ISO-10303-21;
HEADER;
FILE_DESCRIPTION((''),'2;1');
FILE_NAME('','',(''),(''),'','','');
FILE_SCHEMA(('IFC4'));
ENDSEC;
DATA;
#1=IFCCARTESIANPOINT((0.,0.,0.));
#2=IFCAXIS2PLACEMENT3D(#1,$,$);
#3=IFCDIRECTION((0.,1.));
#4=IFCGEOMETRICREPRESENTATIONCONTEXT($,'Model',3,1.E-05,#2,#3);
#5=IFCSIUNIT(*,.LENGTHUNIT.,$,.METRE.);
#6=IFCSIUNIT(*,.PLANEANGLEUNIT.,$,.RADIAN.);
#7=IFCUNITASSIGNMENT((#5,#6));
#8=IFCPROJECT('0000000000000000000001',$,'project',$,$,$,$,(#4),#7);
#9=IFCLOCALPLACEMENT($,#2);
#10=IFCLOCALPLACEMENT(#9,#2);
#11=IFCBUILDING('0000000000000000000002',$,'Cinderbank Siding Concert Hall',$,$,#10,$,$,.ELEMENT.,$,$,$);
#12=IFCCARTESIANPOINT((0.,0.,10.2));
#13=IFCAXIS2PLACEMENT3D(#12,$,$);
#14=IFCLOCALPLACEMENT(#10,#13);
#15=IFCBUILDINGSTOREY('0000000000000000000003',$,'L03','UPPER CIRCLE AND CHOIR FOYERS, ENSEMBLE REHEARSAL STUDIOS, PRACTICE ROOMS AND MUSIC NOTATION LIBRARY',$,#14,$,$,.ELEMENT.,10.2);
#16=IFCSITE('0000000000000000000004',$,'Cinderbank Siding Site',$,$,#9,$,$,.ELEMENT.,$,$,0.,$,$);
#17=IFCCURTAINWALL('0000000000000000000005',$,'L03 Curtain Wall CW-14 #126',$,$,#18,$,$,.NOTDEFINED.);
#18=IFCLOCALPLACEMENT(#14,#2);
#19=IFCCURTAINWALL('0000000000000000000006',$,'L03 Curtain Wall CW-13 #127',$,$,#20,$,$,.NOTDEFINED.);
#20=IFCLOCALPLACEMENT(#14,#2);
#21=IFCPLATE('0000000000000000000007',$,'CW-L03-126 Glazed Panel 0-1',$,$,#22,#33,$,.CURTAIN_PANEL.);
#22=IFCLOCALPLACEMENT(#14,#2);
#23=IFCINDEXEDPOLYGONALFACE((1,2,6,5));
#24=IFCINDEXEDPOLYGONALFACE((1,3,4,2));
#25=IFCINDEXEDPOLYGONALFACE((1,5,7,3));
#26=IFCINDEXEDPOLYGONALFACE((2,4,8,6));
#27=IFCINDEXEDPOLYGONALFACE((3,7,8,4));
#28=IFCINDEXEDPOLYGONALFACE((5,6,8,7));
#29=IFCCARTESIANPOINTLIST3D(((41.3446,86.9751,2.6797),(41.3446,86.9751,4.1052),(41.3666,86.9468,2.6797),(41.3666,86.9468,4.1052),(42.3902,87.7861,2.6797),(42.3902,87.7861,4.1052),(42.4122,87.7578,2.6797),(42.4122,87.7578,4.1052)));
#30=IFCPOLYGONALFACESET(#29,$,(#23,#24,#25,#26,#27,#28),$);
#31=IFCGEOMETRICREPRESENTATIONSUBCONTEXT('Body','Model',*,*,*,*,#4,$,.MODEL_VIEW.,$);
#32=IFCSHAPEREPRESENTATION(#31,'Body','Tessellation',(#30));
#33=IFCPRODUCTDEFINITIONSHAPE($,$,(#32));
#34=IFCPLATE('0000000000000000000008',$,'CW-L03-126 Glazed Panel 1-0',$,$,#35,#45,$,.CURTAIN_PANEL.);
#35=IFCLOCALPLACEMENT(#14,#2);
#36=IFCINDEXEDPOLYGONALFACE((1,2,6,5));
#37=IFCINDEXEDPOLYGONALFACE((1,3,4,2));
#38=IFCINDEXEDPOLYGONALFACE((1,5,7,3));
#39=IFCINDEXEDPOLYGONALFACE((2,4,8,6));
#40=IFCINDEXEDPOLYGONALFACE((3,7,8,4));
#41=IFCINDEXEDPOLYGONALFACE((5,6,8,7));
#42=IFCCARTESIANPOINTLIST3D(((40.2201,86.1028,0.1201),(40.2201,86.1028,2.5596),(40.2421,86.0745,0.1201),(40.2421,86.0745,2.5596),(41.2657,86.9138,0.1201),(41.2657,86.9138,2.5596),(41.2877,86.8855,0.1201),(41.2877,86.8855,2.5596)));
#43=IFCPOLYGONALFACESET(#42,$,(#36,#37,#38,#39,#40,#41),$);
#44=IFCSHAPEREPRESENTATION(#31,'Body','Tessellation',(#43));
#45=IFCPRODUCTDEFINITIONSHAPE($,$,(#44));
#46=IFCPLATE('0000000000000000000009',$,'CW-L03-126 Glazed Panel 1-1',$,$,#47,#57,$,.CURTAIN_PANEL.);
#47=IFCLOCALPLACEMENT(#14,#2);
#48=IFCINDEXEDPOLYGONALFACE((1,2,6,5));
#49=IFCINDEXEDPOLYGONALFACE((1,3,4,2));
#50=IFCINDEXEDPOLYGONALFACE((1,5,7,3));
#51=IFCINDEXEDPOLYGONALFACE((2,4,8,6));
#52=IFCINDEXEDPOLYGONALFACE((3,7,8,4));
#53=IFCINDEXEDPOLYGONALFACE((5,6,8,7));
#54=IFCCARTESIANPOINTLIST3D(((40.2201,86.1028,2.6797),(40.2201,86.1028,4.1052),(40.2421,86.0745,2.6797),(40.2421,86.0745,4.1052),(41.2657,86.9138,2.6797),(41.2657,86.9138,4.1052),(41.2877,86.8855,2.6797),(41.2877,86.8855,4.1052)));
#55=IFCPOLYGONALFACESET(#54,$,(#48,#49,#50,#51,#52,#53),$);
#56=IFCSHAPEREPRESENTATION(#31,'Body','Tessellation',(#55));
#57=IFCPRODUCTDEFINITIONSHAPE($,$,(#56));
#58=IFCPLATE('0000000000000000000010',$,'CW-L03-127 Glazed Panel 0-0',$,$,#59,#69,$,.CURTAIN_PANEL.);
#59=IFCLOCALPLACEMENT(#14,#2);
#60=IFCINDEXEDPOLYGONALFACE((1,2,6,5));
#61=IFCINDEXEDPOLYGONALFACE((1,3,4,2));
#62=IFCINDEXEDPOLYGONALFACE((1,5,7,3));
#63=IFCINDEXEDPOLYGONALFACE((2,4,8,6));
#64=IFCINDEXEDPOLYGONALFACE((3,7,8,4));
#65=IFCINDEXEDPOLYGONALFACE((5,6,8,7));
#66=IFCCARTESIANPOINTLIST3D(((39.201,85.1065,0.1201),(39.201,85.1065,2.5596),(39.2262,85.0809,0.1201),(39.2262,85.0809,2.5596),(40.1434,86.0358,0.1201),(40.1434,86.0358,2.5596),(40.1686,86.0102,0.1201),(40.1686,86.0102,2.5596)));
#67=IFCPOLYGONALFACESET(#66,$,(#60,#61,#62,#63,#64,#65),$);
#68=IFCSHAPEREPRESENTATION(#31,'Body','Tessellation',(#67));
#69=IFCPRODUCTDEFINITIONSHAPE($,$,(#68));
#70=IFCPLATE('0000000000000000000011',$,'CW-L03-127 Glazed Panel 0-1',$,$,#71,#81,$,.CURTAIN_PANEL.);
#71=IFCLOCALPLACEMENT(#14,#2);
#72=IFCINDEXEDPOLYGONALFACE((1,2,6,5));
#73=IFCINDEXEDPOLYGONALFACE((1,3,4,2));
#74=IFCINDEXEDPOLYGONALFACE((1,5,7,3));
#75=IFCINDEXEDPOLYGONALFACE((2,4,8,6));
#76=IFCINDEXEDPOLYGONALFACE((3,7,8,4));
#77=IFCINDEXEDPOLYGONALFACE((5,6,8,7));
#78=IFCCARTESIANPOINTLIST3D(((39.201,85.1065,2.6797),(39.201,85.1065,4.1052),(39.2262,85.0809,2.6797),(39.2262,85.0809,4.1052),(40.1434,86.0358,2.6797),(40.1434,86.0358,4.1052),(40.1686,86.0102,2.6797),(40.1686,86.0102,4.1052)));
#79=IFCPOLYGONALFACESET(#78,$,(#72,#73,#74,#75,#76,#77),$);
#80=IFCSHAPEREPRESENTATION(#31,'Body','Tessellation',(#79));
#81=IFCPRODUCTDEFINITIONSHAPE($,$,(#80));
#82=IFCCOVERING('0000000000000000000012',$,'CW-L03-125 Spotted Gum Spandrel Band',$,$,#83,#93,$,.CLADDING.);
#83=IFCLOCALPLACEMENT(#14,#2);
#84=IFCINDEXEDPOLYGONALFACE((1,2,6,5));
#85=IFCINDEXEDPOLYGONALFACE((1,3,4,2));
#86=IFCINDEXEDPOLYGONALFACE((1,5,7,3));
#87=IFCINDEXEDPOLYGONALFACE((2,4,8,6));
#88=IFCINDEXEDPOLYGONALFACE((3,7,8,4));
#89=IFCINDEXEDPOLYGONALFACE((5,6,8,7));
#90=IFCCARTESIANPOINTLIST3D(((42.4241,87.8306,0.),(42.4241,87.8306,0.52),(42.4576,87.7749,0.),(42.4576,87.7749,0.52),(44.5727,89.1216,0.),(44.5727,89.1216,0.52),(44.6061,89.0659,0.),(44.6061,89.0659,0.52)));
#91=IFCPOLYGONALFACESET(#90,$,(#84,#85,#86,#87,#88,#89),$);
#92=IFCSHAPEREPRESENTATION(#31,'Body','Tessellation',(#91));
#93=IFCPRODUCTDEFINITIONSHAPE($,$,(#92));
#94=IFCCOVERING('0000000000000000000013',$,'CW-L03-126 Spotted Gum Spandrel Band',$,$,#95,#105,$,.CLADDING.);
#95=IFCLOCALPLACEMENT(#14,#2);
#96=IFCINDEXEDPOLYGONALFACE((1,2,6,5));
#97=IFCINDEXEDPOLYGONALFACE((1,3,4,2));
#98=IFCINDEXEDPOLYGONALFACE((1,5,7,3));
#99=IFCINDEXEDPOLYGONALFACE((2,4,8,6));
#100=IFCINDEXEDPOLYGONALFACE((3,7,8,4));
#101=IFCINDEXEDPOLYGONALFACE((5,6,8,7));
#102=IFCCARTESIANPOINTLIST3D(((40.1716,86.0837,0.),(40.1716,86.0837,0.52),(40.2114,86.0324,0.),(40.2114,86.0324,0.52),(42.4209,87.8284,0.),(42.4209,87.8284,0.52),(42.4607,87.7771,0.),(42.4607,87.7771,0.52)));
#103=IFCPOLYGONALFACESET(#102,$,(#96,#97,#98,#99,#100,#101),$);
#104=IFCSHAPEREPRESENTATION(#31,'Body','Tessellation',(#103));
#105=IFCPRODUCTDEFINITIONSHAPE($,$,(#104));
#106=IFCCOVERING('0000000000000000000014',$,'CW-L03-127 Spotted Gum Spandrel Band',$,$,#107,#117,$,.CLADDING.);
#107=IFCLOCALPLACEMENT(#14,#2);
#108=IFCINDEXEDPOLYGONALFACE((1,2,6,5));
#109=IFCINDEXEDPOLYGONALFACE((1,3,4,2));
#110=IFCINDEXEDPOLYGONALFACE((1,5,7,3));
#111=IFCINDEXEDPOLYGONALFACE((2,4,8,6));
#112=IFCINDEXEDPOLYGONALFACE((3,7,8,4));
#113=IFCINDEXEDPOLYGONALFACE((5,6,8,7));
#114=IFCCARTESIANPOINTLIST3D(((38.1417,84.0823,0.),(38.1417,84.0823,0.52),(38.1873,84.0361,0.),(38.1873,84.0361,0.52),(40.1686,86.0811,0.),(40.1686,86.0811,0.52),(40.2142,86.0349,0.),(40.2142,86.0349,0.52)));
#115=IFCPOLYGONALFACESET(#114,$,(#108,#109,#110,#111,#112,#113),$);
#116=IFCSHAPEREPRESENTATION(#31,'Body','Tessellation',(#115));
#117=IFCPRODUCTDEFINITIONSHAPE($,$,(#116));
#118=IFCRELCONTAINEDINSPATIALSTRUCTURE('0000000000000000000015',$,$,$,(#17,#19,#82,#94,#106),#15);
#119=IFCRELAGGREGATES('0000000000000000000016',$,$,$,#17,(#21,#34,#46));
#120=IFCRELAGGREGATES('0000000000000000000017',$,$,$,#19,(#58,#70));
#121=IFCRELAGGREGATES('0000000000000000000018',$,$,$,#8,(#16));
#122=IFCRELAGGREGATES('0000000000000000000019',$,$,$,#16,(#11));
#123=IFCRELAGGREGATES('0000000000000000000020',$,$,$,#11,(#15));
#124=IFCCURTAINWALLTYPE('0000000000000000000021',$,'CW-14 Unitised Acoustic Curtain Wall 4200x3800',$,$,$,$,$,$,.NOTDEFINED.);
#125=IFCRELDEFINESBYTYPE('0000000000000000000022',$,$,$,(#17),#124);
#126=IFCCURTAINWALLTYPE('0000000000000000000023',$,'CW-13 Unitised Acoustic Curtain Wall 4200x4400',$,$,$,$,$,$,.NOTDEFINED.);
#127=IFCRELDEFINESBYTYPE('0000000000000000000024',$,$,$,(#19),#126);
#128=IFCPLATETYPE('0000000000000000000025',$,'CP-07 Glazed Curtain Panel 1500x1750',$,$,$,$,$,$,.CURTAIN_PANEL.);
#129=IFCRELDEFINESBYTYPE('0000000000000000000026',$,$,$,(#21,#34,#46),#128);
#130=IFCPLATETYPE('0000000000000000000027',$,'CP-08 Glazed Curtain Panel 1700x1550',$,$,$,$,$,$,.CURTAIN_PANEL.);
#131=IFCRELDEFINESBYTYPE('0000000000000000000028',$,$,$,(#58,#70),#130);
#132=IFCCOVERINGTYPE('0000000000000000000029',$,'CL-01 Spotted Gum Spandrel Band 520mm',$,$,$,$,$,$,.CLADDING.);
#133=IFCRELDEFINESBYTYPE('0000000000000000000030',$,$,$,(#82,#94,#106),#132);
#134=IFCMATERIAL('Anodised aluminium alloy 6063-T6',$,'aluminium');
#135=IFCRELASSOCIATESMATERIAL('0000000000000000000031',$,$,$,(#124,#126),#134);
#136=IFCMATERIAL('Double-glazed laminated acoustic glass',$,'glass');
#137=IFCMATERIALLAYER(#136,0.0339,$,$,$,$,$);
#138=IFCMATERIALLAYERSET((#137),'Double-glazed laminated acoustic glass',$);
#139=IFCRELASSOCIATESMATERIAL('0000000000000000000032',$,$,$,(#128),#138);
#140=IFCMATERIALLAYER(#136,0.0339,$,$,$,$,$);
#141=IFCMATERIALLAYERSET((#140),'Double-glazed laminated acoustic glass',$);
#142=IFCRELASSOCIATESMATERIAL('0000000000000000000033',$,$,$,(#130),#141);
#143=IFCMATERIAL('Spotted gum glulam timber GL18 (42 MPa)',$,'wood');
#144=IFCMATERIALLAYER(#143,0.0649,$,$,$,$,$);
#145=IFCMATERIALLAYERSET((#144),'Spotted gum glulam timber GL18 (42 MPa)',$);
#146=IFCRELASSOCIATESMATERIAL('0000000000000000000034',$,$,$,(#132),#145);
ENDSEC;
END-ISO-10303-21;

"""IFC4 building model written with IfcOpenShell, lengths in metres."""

from ifc_helpers import new_model, si_unit, direction, frame, origin, origin_2d, place, context, subcontext, project, spatial, rectangle, extrude, material, layer, layer_set, type_object, element, aggregate, save


model = new_model("IFC4")

# Units and contexts
model_context = context("Model", 3, precision=1e-05, world=origin(), true_north=direction((0.0, 1.0)))
body_context = subcontext(model_context, "Body", "Model", "MODEL_VIEW")
ifc_project = project(units=[si_unit("LENGTHUNIT", "METRE"), si_unit("PLANEANGLEUNIT", "RADIAN")], contexts=[model_context])

# Site, building, storey
site_placement = place(None, origin())
site = spatial("IfcSite", under=ifc_project, at=site_placement, Name="Cinderbank Siding Site", CompositionType="ELEMENT", RefElevation=0.0)
building_placement = place(site_placement, origin())
building = spatial("IfcBuilding", under=site, at=building_placement, Name="Cinderbank Siding Concert Hall", CompositionType="ELEMENT")
storey_placement = place(building_placement, frame((0.0, 0.0, 10.2)))
storey = spatial("IfcBuildingStorey", under=building, at=storey_placement, Name="L03", Description="UPPER CIRCLE AND CHOIR FOYERS, ENSEMBLE REHEARSAL STUDIOS, PRACTICE ROOMS AND MUSIC NOTATION LIBRARY", CompositionType="ELEMENT", Elevation=10.2)

# Curtain wall
ifc_material_1 = material(Name="Anodised aluminium alloy 6063-T6", Category="aluminium")
curtain_wall_type_1 = type_object("IfcCurtainWallType", Name="CW-14 Unitised Acoustic Curtain Wall 4200x3800", PredefinedType="NOTDEFINED", material=ifc_material_1)
curtain_wall_1_placement = place(storey_placement, origin())
curtain_wall_1 = element("IfcCurtainWall", 1, at=curtain_wall_1_placement, inside=storey, type_object=curtain_wall_type_1, Name="L03 Curtain Wall CW-14 #126", PredefinedType="NOTDEFINED")
curtain_wall_type_2 = type_object("IfcCurtainWallType", Name="CW-13 Unitised Acoustic Curtain Wall 4200x4400", PredefinedType="NOTDEFINED", material=ifc_material_1)

# Curtain wall
curtain_wall_2_placement = place(storey_placement, origin())
curtain_wall_2 = element("IfcCurtainWall", 2, at=curtain_wall_2_placement, inside=storey, type_object=curtain_wall_type_2, Name="L03 Curtain Wall CW-13 #127", PredefinedType="NOTDEFINED")

# Plates
ifc_material_2 = material(Name="Double-glazed laminated acoustic glass", Category="glass")
ifc_layer_1 = layer(ifc_material_2, 0.0339)
ifc_layer_set_1 = layer_set([ifc_layer_1], Name="Double-glazed laminated acoustic glass")
plate_type_1 = type_object("IfcPlateType", Name="CP-07 Glazed Curtain Panel 1500x1750", PredefinedType="CURTAIN_PANEL", material=ifc_layer_set_1)
plate_1_placement = place(storey_placement, frame((41.8784, 87.3665, 2.6797), z_axis=(0.0, 0.0, 1.0), x_axis=(-0.790161, -0.612899, 0.0)))
plate_1 = element("IfcPlate", 3, at=plate_1_placement, type_object=plate_type_1, Name="CW-L03-126 Glazed Panel 0-1", PredefinedType="CURTAIN_PANEL", context=body_context, shape_type="SweptSolid", body=[
    extrude(rectangle(XDim=1.3232, YDim=0.0359, at=origin_2d()), origin(), (0.0, 0.0, 1.0), 1.4255),
])
plate_2_placement = place(storey_placement, frame((40.7539, 86.4941, 0.1201), z_axis=(0.0, 0.0, 1.0), x_axis=(-0.790161, -0.612899, 0.0)))
plate_2 = element("IfcPlate", 4, at=plate_2_placement, type_object=plate_type_1, Name="CW-L03-126 Glazed Panel 1-0", PredefinedType="CURTAIN_PANEL", context=body_context, shape_type="SweptSolid", body=[
    extrude(rectangle(XDim=1.3232, YDim=0.0359, at=origin_2d()), origin(), (0.0, 0.0, 1.0), 2.4395),
])
plate_3_placement = place(storey_placement, frame((40.7539, 86.4941, 2.6797), z_axis=(0.0, 0.0, 1.0), x_axis=(-0.790161, -0.612899, 0.0)))
plate_3 = element("IfcPlate", 5, at=plate_3_placement, type_object=plate_type_1, Name="CW-L03-126 Glazed Panel 1-1", PredefinedType="CURTAIN_PANEL", context=body_context, shape_type="SweptSolid", body=[
    extrude(rectangle(XDim=1.3232, YDim=0.0359, at=origin_2d()), origin(), (0.0, 0.0, 1.0), 1.4255),
])
aggregate(curtain_wall_1, [plate_1, plate_2, plate_3])
ifc_layer_2 = layer(ifc_material_2, 0.0339)
ifc_layer_set_2 = layer_set([ifc_layer_2], Name="Double-glazed laminated acoustic glass")
plate_type_2 = type_object("IfcPlateType", Name="CP-08 Glazed Curtain Panel 1700x1550", PredefinedType="CURTAIN_PANEL", material=ifc_layer_set_2)
plate_4_placement = place(storey_placement, frame((39.6848, 85.5583, 0.1201), z_axis=(0.0, 0.0, 1.0), x_axis=(-0.712025, -0.702154, 0.0)))
plate_4 = element("IfcPlate", 6, at=plate_4_placement, type_object=plate_type_2, Name="CW-L03-127 Glazed Panel 0-0", PredefinedType="CURTAIN_PANEL", context=body_context, shape_type="SweptSolid", body=[
    extrude(rectangle(XDim=1.3235, YDim=0.0359, at=origin_2d()), origin(), (0.0, 0.0, 1.0), 2.4395),
])
plate_5_placement = place(storey_placement, frame((39.6848, 85.5583, 2.6797), z_axis=(0.0, 0.0, 1.0), x_axis=(-0.712025, -0.702154, 0.0)))
plate_5 = element("IfcPlate", 7, at=plate_5_placement, type_object=plate_type_2, Name="CW-L03-127 Glazed Panel 0-1", PredefinedType="CURTAIN_PANEL", context=body_context, shape_type="SweptSolid", body=[
    extrude(rectangle(XDim=1.3235, YDim=0.0359, at=origin_2d()), origin(), (0.0, 0.0, 1.0), 1.4255),
])
aggregate(curtain_wall_2, [plate_4, plate_5])

# Coverings
ifc_material_3 = material(Name="Spotted gum glulam timber GL18 (42 MPa)", Category="wood")
ifc_layer_3 = layer(ifc_material_3, 0.0649)
ifc_layer_set_3 = layer_set([ifc_layer_3], Name="Spotted gum glulam timber GL18 (42 MPa)")
covering_type = type_object("IfcCoveringType", Name="CL-01 Spotted Gum Spandrel Band 520mm", PredefinedType="CLADDING", material=ifc_layer_set_3)
covering_placement = place(storey_placement, frame((43.5151, 88.4482, 0.0), z_axis=(0.0, 0.0, 1.0), x_axis=(-0.857161, -0.515048, 0.0)))
element("IfcCovering", 8, at=covering_placement, inside=storey, type_object=covering_type, Name="CW-L03-125 Spotted Gum Spandrel Band", PredefinedType="CLADDING", context=body_context, shape_type="SweptSolid", body=[
    extrude(rectangle(XDim=2.5066, YDim=0.0649, at=origin_2d()), origin(), (0.0, 0.0, 1.0), 0.52),
])
for number, where, z_axis, x_axis, name in (
    (9, (41.3162, 86.9304, 0.0), (0.0, 0.0, 1.0), (-0.790161, -0.612899, 0.0), "CW-L03-126 Spotted Gum Spandrel Band"),
    (10, (39.178, 85.0586, 0.0), (0.0, 0.0, 1.0), (-0.712025, -0.702154, 0.0), "CW-L03-127 Spotted Gum Spandrel Band"),
):
    element("IfcCovering", number, at=place(storey_placement, frame(where, z_axis=z_axis, x_axis=x_axis)), inside=storey, type_object=covering_type, Name=name, PredefinedType="CLADDING", context=body_context, shape_type="SweptSolid", body=[
        extrude(rectangle(XDim=2.8467, YDim=0.0649, at=origin_2d()), origin(), (0.0, 0.0, 1.0), 0.52),
    ])

save(model, "model.ifc")
